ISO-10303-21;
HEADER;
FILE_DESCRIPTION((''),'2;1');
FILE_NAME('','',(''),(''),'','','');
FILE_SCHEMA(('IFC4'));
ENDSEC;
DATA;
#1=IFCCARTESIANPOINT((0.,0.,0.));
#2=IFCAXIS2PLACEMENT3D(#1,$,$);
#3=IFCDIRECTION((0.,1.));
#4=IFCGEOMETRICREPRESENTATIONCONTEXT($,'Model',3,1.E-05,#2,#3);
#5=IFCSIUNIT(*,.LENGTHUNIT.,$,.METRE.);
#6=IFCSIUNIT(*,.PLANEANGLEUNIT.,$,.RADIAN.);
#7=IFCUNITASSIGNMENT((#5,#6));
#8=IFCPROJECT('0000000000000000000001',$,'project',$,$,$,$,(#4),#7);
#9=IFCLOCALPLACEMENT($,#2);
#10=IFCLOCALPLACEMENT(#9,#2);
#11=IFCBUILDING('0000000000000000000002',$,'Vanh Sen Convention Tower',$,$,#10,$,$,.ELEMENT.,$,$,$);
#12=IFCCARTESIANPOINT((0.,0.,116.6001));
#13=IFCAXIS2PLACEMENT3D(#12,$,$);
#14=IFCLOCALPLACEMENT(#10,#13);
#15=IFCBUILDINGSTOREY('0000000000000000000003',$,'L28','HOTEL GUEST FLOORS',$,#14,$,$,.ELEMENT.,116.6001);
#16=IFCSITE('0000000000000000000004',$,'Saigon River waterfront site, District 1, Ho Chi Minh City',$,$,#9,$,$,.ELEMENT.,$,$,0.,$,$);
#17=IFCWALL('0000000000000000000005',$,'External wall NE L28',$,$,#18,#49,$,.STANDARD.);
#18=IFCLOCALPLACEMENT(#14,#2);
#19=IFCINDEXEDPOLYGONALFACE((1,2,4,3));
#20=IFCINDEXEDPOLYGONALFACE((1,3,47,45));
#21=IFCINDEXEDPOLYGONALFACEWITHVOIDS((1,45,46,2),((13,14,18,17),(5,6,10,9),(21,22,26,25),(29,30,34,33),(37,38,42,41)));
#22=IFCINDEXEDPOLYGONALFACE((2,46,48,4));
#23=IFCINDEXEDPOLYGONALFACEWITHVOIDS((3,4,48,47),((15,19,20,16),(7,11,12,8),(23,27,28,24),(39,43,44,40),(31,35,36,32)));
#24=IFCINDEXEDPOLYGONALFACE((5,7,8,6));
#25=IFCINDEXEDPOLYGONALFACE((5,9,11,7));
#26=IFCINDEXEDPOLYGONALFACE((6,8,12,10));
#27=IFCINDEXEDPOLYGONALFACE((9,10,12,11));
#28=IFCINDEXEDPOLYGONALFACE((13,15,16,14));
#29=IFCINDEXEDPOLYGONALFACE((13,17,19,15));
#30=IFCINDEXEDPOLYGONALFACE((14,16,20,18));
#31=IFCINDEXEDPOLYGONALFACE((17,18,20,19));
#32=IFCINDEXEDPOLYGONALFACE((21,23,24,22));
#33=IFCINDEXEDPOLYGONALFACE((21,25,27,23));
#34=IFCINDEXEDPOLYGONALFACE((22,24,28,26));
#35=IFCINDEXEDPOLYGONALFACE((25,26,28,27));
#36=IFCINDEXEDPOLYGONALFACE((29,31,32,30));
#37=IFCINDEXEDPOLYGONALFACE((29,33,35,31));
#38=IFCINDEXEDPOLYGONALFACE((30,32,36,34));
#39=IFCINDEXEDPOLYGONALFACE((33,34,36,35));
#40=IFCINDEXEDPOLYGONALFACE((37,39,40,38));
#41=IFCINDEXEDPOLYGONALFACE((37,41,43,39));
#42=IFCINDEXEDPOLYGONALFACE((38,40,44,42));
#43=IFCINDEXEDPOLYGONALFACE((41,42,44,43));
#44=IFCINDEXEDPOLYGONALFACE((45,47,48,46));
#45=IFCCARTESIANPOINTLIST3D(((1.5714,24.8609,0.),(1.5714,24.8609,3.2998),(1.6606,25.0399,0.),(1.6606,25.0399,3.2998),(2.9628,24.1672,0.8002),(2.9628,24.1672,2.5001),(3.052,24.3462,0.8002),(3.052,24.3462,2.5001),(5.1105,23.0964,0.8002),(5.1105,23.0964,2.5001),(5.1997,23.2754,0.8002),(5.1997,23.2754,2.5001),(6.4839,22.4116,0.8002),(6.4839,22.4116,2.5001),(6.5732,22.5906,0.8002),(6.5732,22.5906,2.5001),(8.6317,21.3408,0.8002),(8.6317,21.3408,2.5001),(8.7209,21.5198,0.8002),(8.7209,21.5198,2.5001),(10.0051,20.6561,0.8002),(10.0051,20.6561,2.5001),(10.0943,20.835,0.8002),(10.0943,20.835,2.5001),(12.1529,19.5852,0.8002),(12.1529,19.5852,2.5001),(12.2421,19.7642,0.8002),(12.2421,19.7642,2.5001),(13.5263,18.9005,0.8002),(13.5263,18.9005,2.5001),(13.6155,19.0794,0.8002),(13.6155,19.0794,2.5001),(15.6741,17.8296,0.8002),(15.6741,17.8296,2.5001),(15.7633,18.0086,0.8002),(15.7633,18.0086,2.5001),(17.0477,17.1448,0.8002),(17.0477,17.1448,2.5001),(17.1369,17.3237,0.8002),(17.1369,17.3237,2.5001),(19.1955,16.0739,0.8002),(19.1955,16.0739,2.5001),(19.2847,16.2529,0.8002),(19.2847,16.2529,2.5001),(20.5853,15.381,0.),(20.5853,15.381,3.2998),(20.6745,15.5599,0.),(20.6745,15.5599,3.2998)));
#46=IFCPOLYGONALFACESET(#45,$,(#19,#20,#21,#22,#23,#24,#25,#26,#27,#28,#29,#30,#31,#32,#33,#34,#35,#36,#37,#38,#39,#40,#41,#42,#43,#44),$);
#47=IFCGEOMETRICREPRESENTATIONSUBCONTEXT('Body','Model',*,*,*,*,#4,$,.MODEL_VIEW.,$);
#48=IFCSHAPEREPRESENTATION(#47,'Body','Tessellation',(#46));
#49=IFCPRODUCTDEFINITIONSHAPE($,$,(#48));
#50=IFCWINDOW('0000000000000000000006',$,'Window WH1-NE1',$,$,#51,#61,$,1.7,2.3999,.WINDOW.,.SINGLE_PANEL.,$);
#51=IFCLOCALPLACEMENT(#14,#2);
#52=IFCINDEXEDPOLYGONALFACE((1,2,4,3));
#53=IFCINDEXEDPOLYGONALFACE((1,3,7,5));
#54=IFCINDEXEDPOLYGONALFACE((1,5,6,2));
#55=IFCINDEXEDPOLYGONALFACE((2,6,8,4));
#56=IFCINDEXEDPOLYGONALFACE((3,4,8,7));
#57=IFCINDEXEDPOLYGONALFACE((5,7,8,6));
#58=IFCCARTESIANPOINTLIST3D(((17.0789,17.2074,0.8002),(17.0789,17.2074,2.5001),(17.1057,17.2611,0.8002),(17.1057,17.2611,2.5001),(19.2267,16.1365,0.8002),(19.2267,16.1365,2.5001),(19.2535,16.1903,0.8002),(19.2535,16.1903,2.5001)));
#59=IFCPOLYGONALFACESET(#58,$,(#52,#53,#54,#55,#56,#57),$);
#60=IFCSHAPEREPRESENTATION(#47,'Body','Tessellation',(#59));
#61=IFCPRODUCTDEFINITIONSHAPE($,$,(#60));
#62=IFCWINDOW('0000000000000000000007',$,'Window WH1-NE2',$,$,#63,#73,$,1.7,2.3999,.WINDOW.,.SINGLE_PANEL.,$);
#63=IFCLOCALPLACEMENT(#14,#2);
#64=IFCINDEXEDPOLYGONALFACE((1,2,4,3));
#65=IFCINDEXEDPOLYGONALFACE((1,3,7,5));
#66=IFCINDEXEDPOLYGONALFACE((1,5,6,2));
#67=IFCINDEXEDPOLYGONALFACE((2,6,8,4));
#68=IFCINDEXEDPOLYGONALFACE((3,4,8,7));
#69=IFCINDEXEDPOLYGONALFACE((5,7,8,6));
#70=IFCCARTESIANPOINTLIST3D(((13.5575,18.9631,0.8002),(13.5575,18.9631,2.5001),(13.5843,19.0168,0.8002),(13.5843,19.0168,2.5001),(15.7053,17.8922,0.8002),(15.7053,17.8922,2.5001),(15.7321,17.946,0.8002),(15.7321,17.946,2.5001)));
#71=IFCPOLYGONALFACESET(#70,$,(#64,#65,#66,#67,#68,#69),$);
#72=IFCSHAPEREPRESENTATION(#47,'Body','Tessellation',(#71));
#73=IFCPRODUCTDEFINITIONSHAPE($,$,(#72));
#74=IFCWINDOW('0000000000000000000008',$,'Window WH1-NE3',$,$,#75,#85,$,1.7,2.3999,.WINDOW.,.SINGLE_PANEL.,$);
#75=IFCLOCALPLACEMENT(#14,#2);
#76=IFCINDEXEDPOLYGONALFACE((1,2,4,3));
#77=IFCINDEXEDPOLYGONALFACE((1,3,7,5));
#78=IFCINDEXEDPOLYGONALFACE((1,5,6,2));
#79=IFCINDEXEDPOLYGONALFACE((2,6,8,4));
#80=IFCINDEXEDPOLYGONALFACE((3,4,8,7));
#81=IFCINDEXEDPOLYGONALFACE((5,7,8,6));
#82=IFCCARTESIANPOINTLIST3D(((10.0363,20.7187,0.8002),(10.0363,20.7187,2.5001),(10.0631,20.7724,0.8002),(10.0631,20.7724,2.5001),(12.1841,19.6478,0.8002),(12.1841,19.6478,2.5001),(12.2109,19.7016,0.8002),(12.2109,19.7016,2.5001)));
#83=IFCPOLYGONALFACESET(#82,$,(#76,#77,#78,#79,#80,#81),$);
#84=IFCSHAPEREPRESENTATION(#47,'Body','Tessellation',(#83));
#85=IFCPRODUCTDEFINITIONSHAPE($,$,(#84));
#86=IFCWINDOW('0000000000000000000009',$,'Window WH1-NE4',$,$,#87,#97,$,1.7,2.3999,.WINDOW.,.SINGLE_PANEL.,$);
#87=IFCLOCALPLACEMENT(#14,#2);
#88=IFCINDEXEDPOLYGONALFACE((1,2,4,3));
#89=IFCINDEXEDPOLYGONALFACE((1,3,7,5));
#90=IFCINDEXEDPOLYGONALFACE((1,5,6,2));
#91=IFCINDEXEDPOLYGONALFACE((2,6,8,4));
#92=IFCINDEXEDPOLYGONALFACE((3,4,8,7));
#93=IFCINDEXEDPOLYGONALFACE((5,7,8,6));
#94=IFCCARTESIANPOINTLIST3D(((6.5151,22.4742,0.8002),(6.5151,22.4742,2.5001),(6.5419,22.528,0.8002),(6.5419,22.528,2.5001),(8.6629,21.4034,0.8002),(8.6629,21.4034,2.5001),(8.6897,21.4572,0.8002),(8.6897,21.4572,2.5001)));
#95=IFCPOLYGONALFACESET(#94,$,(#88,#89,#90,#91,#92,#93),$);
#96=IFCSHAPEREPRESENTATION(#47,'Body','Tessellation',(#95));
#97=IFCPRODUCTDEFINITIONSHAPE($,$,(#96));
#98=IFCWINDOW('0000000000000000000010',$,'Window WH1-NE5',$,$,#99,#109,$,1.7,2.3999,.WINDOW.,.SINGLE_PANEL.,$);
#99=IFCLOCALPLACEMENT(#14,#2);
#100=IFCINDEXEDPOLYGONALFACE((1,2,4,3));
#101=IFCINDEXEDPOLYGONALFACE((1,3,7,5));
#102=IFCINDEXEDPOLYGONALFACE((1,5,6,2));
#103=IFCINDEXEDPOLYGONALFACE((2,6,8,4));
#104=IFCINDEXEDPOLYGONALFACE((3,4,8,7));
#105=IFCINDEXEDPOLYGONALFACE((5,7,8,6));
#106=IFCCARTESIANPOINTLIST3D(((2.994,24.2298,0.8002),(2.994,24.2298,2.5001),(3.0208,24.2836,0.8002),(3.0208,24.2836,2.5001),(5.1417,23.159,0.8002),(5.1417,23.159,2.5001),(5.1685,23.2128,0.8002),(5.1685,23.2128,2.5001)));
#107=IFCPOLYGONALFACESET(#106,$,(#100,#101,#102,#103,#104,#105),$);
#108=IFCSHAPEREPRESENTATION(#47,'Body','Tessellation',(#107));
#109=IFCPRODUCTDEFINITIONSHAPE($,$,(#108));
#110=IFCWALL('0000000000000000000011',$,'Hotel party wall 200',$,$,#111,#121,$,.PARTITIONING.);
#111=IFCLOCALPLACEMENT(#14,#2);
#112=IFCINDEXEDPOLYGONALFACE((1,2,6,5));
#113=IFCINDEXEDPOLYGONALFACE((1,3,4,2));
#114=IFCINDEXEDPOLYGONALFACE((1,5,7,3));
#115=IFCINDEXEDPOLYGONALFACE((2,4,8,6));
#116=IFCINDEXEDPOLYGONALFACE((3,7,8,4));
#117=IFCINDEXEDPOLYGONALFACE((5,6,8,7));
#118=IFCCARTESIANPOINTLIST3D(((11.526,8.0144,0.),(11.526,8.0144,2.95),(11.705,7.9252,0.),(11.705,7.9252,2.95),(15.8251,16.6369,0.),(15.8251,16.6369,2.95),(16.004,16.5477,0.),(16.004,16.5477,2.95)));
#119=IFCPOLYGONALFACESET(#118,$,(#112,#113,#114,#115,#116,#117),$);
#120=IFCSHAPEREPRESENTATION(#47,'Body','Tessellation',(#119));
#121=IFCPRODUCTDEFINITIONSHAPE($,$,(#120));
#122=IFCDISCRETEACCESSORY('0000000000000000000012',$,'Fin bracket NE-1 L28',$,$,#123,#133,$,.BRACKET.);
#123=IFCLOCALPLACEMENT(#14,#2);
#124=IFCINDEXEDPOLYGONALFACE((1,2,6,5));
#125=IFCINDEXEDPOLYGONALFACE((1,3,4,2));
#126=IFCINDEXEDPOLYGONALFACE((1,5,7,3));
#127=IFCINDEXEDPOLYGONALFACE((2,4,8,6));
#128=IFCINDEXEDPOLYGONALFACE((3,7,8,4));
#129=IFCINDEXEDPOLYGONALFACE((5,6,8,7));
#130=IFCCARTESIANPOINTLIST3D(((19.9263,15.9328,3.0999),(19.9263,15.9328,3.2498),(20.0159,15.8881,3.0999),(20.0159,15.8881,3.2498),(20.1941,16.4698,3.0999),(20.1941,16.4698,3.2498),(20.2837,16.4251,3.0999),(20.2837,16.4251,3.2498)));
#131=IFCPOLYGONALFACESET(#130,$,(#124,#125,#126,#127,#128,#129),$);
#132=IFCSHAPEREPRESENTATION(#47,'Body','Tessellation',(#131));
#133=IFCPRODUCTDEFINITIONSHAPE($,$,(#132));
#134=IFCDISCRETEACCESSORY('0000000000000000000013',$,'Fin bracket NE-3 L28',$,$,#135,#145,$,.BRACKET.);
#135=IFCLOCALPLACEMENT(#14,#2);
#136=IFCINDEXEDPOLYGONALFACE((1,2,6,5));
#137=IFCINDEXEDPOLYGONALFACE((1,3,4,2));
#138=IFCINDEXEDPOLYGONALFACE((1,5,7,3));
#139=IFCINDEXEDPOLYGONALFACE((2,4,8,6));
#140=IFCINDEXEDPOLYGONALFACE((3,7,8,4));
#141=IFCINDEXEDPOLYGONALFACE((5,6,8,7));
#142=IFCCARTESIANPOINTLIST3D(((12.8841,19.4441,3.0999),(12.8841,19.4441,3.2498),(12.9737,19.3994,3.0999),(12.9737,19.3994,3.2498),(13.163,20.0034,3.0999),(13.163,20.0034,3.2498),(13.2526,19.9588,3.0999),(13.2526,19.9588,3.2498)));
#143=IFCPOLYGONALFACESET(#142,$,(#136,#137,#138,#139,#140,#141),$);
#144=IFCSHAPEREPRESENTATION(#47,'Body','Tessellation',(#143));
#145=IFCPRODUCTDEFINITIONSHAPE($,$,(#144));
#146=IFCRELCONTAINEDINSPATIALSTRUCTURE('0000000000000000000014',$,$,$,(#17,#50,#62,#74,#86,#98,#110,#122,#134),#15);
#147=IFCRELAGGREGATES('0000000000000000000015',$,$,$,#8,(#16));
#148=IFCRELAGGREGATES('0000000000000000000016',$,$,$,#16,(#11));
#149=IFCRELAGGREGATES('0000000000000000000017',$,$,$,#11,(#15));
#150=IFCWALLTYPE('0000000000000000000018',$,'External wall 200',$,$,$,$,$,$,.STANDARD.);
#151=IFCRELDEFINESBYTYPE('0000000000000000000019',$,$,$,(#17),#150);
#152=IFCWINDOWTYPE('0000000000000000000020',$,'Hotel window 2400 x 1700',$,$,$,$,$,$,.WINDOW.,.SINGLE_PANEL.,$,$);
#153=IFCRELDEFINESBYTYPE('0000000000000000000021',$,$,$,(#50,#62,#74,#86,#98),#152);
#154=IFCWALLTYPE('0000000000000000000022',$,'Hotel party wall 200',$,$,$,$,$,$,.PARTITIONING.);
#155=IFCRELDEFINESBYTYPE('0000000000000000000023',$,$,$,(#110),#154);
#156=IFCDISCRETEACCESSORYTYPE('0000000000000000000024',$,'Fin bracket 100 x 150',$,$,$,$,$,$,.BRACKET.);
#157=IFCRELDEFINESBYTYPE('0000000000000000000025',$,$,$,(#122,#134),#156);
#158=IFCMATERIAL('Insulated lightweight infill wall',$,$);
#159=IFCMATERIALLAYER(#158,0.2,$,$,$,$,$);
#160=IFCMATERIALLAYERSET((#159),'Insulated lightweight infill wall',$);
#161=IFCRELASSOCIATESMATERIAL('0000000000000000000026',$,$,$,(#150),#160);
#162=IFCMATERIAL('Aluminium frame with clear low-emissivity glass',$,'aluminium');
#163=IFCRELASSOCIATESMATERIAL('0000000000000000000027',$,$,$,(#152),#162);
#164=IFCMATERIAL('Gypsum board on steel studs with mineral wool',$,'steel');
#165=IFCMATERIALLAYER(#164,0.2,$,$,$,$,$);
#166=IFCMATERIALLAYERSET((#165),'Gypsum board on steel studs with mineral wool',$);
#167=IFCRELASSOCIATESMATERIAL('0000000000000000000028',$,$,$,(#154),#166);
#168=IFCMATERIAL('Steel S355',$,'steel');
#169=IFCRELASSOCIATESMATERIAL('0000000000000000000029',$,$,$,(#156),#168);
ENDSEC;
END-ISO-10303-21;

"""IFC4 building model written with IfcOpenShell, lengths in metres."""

from ifc_helpers import new_model, si_unit, direction, frame, frame_2d, origin, origin_2d, place, context, subcontext, project, spatial, rectangle, extrude, material, layer, layer_set, type_object, element, fill, save


model = new_model("IFC4")

# Units and contexts
model_context = context("Model", 3, precision=1e-05, world=origin(), true_north=direction((0.0, 1.0)))
body_context = subcontext(model_context, "Body", "Model", "MODEL_VIEW")
ifc_project = project(units=[si_unit("LENGTHUNIT", "METRE"), si_unit("PLANEANGLEUNIT", "RADIAN")], contexts=[model_context])

# Site, building, storey
site_placement = place(None, origin())
site = spatial("IfcSite", under=ifc_project, at=site_placement, Name="Saigon River waterfront site, District 1, Ho Chi Minh City", CompositionType="ELEMENT", RefElevation=0.0)
building_placement = place(site_placement, origin())
building = spatial("IfcBuilding", under=site, at=building_placement, Name="Vanh Sen Convention Tower", CompositionType="ELEMENT")
storey_placement = place(building_placement, frame((0.0, 0.0, 116.6001)))
storey = spatial("IfcBuildingStorey", under=building, at=storey_placement, Name="L28", Description="HOTEL GUEST FLOORS", CompositionType="ELEMENT", Elevation=116.6001)

# Shared definitions
ifc_material_1 = material(Name="Insulated lightweight infill wall")
ifc_layer_1 = layer(ifc_material_1, 0.2)
ifc_layer_set_1 = layer_set([ifc_layer_1], Name="Insulated lightweight infill wall")
wall_type_1 = type_object("IfcWallType", Name="External wall 200", PredefinedType="STANDARD", material=ifc_layer_set_1)
ifc_material_2 = material(Name="Aluminium frame with clear low-emissivity glass", Category="aluminium")

# Wall, openings, windows
wall_1_placement = place(storey_placement, frame((20.6299, 15.4705, 0.0), z_axis=(0.0, 0.0, 1.0), x_axis=(-0.894935, 0.446197, 0.0)))
wall_1 = element("IfcWall", 1, at=wall_1_placement, inside=storey, type_object=wall_type_1, Name="External wall NE L28", PredefinedType="STANDARD", context=body_context, shape_type="SweptSolid", body=[
    extrude(rectangle(XDim=21.2461, YDim=0.2, at=frame_2d((10.623, 0.0))), origin(), (0.0, 0.0, 1.0), 3.2998),
])
opening_1_placement = place(wall_1_placement, frame((1.553, 0.0, 0.8)))
opening_1 = element("IfcOpeningElement", 2, at=opening_1_placement, cuts=wall_1, PredefinedType="OPENING", context=body_context, shape_type="SweptSolid", body=[
    extrude(rectangle(XDim=2.3999, YDim=1.7, at=frame_2d((1.2, 0.8501))), frame((0.0, 0.1099, 0.0), z_axis=(0.0, -1.0, 0.0), x_axis=(1.0, 0.0, 0.0)), (0.0, 0.0, 1.0), 0.22),
])
opening_2_placement = place(wall_1_placement, frame((5.4878, 0.0, 0.8)))
opening_2 = element("IfcOpeningElement", 3, at=opening_2_placement, cuts=wall_1, PredefinedType="OPENING", context=body_context, shape_type="SweptSolid", body=[
    extrude(rectangle(XDim=2.3999, YDim=1.7, at=frame_2d((1.2, 0.8501))), frame((0.0, 0.1099, 0.0), z_axis=(0.0, -1.0, 0.0), x_axis=(1.0, 0.0, 0.0)), (0.0, 0.0, 1.0), 0.22),
])
opening_3_placement = place(wall_1_placement, frame((9.4224, 0.0, 0.8)))
opening_3 = element("IfcOpeningElement", 4, at=opening_3_placement, cuts=wall_1, PredefinedType="OPENING", context=body_context, shape_type="SweptSolid", body=[
    extrude(rectangle(XDim=2.3999, YDim=1.7, at=frame_2d((1.2, 0.8501))), frame((0.0, 0.1099, 0.0), z_axis=(0.0, -1.0, 0.0), x_axis=(1.0, 0.0, 0.0)), (0.0, 0.0, 1.0), 0.22),
])
opening_4_placement = place(wall_1_placement, frame((13.3569, 0.0, 0.8)))
opening_4 = element("IfcOpeningElement", 5, at=opening_4_placement, cuts=wall_1, PredefinedType="OPENING", context=body_context, shape_type="SweptSolid", body=[
    extrude(rectangle(XDim=2.3999, YDim=1.7, at=frame_2d((1.2, 0.8501))), frame((0.0, 0.1099, 0.0), z_axis=(0.0, -1.0, 0.0), x_axis=(1.0, 0.0, 0.0)), (0.0, 0.0, 1.0), 0.22),
])
opening_5_placement = place(wall_1_placement, frame((17.2915, 0.0, 0.8)))
opening_5 = element("IfcOpeningElement", 6, at=opening_5_placement, cuts=wall_1, PredefinedType="OPENING", context=body_context, shape_type="SweptSolid", body=[
    extrude(rectangle(XDim=2.3999, YDim=1.7, at=frame_2d((1.2, 0.8501))), frame((0.0, 0.1099, 0.0), z_axis=(0.0, -1.0, 0.0), x_axis=(1.0, 0.0, 0.0)), (0.0, 0.0, 1.0), 0.22),
])
window_type_1 = type_object("IfcWindowType", Name="Hotel window 2400 x 1700", PartitioningType="SINGLE_PANEL", PredefinedType="WINDOW", material=ifc_material_2)
window_1_placement = place(opening_1_placement, origin())
window_1 = element("IfcWindow", 7, at=window_1_placement, inside=storey, type_object=window_type_1, Name="Window WH1-NE1", OverallHeight=1.7, OverallWidth=2.3999, PartitioningType="SINGLE_PANEL", PredefinedType="WINDOW", context=body_context, shape_type="SweptSolid", body=[
    extrude(rectangle(XDim=2.3999, YDim=1.7, at=frame_2d((1.2, 0.8501))), frame((0.0, 0.03, 0.0), z_axis=(0.0, -1.0, 0.0), x_axis=(1.0, 0.0, 0.0)), (0.0, 0.0, 1.0), 0.0601),
])
fill(opening_1, window_1)
window_2_placement = place(opening_2_placement, origin())
window_2 = element("IfcWindow", 8, at=window_2_placement, inside=storey, type_object=window_type_1, Name="Window WH1-NE2", OverallHeight=1.7, OverallWidth=2.3999, PartitioningType="SINGLE_PANEL", PredefinedType="WINDOW", context=body_context, shape_type="SweptSolid", body=[
    extrude(rectangle(XDim=2.3999, YDim=1.7, at=frame_2d((1.2, 0.8501))), frame((0.0, 0.03, 0.0), z_axis=(0.0, -1.0, 0.0), x_axis=(1.0, 0.0, 0.0)), (0.0, 0.0, 1.0), 0.0601),
])
fill(opening_2, window_2)
window_3_placement = place(opening_3_placement, origin())
window_3 = element("IfcWindow", 9, at=window_3_placement, inside=storey, type_object=window_type_1, Name="Window WH1-NE3", OverallHeight=1.7, OverallWidth=2.3999, PartitioningType="SINGLE_PANEL", PredefinedType="WINDOW", context=body_context, shape_type="SweptSolid", body=[
    extrude(rectangle(XDim=2.3999, YDim=1.7, at=frame_2d((1.2, 0.8501))), frame((0.0, 0.03, 0.0), z_axis=(0.0, -1.0, 0.0), x_axis=(1.0, 0.0, 0.0)), (0.0, 0.0, 1.0), 0.0601),
])
fill(opening_3, window_3)
window_4_placement = place(opening_4_placement, origin())
window_4 = element("IfcWindow", 10, at=window_4_placement, inside=storey, type_object=window_type_1, Name="Window WH1-NE4", OverallHeight=1.7, OverallWidth=2.3999, PartitioningType="SINGLE_PANEL", PredefinedType="WINDOW", context=body_context, shape_type="SweptSolid", body=[
    extrude(rectangle(XDim=2.3999, YDim=1.7, at=frame_2d((1.2, 0.8501))), frame((0.0, 0.03, 0.0), z_axis=(0.0, -1.0, 0.0), x_axis=(1.0, 0.0, 0.0)), (0.0, 0.0, 1.0), 0.0601),
])
fill(opening_4, window_4)
window_5_placement = place(opening_5_placement, origin())
window_5 = element("IfcWindow", 11, at=window_5_placement, inside=storey, type_object=window_type_1, Name="Window WH1-NE5", OverallHeight=1.7, OverallWidth=2.3999, PartitioningType="SINGLE_PANEL", PredefinedType="WINDOW", context=body_context, shape_type="SweptSolid", body=[
    extrude(rectangle(XDim=2.3999, YDim=1.7, at=frame_2d((1.2, 0.8501))), frame((0.0, 0.03, 0.0), z_axis=(0.0, -1.0, 0.0), x_axis=(1.0, 0.0, 0.0)), (0.0, 0.0, 1.0), 0.0601),
])
fill(opening_5, window_5)

# Wall
ifc_material_3 = material(Name="Gypsum board on steel studs with mineral wool", Category="steel")
ifc_layer_2 = layer(ifc_material_3, 0.2)
ifc_layer_set_2 = layer_set([ifc_layer_2], Name="Gypsum board on steel studs with mineral wool")
wall_type_2 = type_object("IfcWallType", Name="Hotel party wall 200", PredefinedType="PARTITIONING", material=ifc_layer_set_2)
wall_2_placement = place(storey_placement, frame((15.9146, 16.5923, 0.0), z_axis=(0.0, 0.0, 1.0), x_axis=(-0.4462, -0.894933, 0.0)))
element("IfcWall", 12, at=wall_2_placement, inside=storey, type_object=wall_type_2, Name="Hotel party wall 200", PredefinedType="PARTITIONING", context=body_context, shape_type="SweptSolid", body=[
    extrude(rectangle(XDim=9.6348, YDim=0.2, at=frame_2d((4.8174, 0.0))), origin(), (0.0, 0.0, 1.0), 2.95),
])

# Discrete accessories
ifc_material_4 = material(Name="Steel S355", Category="steel")
discrete_accessory_type = type_object("IfcDiscreteAccessoryType", Name="Fin bracket 100 x 150", PredefinedType="BRACKET", material=ifc_material_4)
discrete_accessory_1_placement = place(storey_placement, frame((20.105, 16.179, 3.0999), z_axis=(0.0, 0.0, 1.0), x_axis=(0.446198, 0.894934, 0.0)))
element("IfcDiscreteAccessory", 13, at=discrete_accessory_1_placement, inside=storey, type_object=discrete_accessory_type, Name="Fin bracket NE-1 L28", PredefinedType="BRACKET", context=body_context, shape_type="SweptSolid", body=[
    extrude(rectangle(XDim=0.6001, YDim=0.1001, at=origin_2d()), origin(), (0.0, 0.0, 1.0), 0.1499),
])
discrete_accessory_2_placement = place(storey_placement, frame((13.0684, 19.7014, 3.0999), z_axis=(0.0, 0.0, 1.0), x_axis=(0.446198, 0.894934, 0.0)))
element("IfcDiscreteAccessory", 14, at=discrete_accessory_2_placement, inside=storey, type_object=discrete_accessory_type, Name="Fin bracket NE-3 L28", PredefinedType="BRACKET", context=body_context, shape_type="SweptSolid", body=[
    extrude(rectangle(XDim=0.625, YDim=0.1001, at=origin_2d()), origin(), (0.0, 0.0, 1.0), 0.1499),
])

save(model, "model.ifc")
